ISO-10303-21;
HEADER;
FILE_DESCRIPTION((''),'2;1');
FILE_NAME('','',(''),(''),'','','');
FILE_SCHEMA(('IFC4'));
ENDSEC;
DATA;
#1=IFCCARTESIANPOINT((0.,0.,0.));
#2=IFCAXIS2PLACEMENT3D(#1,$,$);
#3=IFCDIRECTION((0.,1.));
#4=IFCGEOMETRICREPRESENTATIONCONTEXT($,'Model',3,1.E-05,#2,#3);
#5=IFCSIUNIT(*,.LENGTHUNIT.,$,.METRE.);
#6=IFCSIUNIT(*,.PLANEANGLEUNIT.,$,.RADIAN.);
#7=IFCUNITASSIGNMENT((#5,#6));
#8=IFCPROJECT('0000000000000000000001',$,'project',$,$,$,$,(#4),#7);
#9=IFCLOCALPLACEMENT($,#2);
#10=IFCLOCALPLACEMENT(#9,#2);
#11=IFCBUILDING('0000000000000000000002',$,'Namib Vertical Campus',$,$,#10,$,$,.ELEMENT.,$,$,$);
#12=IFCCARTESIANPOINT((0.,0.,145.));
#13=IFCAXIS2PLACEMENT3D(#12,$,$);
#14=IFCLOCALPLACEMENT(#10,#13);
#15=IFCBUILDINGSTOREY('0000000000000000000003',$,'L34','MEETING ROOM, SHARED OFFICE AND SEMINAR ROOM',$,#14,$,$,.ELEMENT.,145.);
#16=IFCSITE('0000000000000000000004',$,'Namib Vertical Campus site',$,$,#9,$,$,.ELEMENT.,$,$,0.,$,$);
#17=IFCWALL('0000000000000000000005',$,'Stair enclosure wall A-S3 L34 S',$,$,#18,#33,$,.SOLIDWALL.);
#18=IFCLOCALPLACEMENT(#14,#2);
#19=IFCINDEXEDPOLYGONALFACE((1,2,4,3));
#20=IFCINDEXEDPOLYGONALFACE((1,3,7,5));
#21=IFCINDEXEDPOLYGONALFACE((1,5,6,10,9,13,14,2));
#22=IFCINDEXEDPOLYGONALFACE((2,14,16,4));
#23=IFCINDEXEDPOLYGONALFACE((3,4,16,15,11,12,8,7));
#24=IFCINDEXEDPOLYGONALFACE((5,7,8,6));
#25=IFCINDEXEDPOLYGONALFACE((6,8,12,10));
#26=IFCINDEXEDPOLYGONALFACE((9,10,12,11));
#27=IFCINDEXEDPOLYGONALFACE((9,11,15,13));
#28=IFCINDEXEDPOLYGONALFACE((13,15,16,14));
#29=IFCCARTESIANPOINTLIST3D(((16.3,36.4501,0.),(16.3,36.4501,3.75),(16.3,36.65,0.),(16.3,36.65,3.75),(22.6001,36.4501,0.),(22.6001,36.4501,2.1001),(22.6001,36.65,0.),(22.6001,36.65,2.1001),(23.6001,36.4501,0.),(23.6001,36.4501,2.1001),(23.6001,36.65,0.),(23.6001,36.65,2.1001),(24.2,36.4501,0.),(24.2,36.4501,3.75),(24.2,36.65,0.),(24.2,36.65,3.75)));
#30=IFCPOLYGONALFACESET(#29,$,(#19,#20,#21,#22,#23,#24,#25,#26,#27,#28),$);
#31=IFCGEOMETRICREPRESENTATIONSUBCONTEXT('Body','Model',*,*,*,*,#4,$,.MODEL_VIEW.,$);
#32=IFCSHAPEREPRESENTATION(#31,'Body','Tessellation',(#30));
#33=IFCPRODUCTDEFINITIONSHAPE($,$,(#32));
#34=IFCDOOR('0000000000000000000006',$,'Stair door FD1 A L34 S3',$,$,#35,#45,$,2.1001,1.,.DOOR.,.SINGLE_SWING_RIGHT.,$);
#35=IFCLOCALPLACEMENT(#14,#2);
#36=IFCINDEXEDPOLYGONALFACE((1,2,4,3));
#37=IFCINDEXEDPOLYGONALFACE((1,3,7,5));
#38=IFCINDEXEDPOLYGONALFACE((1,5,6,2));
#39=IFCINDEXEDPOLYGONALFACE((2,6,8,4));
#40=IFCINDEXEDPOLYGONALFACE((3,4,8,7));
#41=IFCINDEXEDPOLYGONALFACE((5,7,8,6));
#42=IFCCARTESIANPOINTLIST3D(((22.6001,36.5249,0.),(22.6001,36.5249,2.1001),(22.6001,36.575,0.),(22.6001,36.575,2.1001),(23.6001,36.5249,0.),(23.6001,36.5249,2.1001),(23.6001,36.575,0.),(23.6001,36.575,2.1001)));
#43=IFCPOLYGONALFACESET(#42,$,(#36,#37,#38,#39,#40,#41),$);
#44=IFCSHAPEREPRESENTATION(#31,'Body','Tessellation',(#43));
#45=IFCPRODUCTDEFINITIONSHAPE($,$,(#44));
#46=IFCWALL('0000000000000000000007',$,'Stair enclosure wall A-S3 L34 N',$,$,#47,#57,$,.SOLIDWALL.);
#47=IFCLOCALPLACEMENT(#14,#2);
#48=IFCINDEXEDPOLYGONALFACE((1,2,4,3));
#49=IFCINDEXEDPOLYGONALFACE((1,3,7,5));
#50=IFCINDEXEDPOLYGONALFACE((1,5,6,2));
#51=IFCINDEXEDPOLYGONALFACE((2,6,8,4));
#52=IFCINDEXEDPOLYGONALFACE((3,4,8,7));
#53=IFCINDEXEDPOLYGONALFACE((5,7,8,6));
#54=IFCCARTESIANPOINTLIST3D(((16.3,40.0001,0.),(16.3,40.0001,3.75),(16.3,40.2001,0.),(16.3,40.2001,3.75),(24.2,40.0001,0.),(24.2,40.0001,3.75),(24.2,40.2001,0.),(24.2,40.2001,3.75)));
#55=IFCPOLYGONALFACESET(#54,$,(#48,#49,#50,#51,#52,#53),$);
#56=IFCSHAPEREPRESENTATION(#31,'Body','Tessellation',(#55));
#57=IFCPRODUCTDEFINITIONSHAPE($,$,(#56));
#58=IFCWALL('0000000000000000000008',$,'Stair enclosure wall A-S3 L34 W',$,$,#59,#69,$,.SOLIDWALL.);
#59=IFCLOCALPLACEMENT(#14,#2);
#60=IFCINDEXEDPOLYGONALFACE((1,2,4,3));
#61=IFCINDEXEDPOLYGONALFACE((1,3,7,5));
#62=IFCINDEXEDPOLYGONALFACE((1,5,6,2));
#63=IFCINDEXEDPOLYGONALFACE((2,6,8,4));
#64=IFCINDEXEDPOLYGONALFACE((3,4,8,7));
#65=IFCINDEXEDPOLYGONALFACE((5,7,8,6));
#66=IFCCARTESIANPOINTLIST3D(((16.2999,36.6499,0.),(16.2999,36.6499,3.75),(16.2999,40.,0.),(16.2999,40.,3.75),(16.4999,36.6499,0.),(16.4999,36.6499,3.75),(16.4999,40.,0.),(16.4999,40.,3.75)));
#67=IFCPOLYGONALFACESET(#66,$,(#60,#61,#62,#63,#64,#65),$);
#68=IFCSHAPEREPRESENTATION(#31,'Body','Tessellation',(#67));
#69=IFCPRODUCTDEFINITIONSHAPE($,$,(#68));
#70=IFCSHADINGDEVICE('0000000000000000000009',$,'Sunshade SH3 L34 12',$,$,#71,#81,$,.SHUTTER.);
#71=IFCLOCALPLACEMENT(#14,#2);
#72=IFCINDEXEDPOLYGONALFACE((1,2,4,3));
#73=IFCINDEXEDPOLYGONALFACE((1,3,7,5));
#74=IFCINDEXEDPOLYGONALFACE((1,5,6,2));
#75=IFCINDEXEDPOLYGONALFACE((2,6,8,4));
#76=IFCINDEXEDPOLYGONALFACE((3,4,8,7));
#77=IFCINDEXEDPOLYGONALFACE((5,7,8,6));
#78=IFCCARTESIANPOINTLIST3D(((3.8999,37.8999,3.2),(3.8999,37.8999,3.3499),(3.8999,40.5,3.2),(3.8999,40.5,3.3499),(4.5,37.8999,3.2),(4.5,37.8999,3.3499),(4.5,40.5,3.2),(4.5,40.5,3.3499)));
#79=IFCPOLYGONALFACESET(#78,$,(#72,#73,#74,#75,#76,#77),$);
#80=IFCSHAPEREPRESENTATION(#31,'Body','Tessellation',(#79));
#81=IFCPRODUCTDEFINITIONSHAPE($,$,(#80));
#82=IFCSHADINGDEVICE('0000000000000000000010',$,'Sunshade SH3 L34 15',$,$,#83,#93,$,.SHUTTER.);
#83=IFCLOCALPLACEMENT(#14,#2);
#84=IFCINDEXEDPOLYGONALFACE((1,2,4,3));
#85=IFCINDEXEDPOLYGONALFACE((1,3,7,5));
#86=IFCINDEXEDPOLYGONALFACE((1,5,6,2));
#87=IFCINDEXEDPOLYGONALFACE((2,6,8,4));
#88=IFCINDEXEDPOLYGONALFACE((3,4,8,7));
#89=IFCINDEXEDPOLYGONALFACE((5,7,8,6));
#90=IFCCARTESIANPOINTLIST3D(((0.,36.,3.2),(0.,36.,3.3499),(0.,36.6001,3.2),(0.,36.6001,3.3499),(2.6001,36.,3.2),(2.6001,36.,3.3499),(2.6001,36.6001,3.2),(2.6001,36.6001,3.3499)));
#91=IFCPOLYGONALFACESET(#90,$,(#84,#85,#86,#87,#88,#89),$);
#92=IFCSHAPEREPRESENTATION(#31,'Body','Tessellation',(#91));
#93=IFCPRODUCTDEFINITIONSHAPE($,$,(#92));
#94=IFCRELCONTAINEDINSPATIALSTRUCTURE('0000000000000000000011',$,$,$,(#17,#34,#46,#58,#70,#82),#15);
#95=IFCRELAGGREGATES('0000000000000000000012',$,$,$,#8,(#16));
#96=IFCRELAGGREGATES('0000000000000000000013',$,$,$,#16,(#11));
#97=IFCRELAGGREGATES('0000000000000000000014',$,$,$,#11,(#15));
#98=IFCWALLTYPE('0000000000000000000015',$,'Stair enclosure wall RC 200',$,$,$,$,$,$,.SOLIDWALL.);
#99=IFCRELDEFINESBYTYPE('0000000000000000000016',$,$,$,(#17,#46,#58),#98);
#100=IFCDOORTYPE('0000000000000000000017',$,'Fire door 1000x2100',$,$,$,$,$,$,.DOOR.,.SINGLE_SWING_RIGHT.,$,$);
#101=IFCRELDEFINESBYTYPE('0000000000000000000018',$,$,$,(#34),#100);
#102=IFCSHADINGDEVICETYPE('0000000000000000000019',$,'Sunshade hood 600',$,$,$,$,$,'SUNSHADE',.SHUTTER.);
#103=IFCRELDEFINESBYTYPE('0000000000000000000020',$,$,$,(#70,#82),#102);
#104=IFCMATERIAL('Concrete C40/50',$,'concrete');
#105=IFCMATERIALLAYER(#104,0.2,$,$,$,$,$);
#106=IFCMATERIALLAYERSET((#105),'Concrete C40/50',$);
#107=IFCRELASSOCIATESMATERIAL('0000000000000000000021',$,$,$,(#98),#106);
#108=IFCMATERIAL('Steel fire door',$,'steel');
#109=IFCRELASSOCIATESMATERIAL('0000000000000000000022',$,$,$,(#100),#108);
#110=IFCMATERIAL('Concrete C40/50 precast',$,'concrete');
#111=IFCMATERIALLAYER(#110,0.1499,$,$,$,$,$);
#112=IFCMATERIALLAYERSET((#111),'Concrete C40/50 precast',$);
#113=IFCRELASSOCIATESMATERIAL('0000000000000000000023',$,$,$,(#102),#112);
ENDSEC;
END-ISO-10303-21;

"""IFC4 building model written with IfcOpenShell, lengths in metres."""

from ifc_helpers import new_model, si_unit, direction, frame, frame_2d, origin, origin_2d, place, context, subcontext, project, spatial, rectangle, extrude, material, layer, layer_set, type_object, element, fill, save


model = new_model("IFC4")

# Units and contexts
model_context = context("Model", 3, precision=1e-05, world=origin(), true_north=direction((0.0, 1.0)))
body_context = subcontext(model_context, "Body", "Model", "MODEL_VIEW")
ifc_project = project(units=[si_unit("LENGTHUNIT", "METRE"), si_unit("PLANEANGLEUNIT", "RADIAN")], contexts=[model_context])

# Site, building, storey
site_placement = place(None, origin())
site = spatial("IfcSite", under=ifc_project, at=site_placement, Name="Namib Vertical Campus site", CompositionType="ELEMENT", RefElevation=0.0)
building_placement = place(site_placement, origin())
building = spatial("IfcBuilding", under=site, at=building_placement, Name="Namib Vertical Campus", CompositionType="ELEMENT")
storey_placement = place(building_placement, frame((0.0, 0.0, 145.0)))
storey = spatial("IfcBuildingStorey", under=building, at=storey_placement, Name="L34", Description="MEETING ROOM, SHARED OFFICE AND SEMINAR ROOM", CompositionType="ELEMENT", Elevation=145.0)

# Wall, opening, door
ifc_material_1 = material(Name="Concrete C40/50", Category="concrete")
ifc_layer_1 = layer(ifc_material_1, 0.2)
ifc_layer_set_1 = layer_set([ifc_layer_1], Name="Concrete C40/50")
wall_type_1 = type_object("IfcWallType", Name="Stair enclosure wall RC 200", PredefinedType="SOLIDWALL", material=ifc_layer_set_1)
wall_1_placement = place(storey_placement, frame((16.3, 36.55, 0.0), z_axis=(0.0, 0.0, 1.0), x_axis=(1.0, 0.0, 0.0)))
wall_1 = element("IfcWall", 1, at=wall_1_placement, inside=storey, type_object=wall_type_1, Name="Stair enclosure wall A-S3 L34 S", PredefinedType="SOLIDWALL", context=body_context, shape_type="SweptSolid", body=[
    extrude(rectangle(XDim=7.8999, YDim=0.2, at=frame_2d((3.95, 0.0))), origin(), (0.0, 0.0, 1.0), 3.75),
])
opening_1_placement = place(wall_1_placement, frame((6.3, 0.0, 0.0)))
opening_1 = element("IfcOpeningElement", 2, at=opening_1_placement, cuts=wall_1, PredefinedType="OPENING", context=body_context, shape_type="SweptSolid", body=[
    extrude(rectangle(XDim=1.0, YDim=2.1001, at=frame_2d((0.5, 1.05))), frame((0.0, 0.1099, 0.0), z_axis=(0.0, -1.0, 0.0), x_axis=(1.0, 0.0, 0.0)), (0.0, 0.0, 1.0), 0.22),
])
ifc_material_2 = material(Name="Steel fire door", Category="steel")
door_type = type_object("IfcDoorType", Name="Fire door 1000x2100", OperationType="SINGLE_SWING_RIGHT", PredefinedType="DOOR", material=ifc_material_2)
door_placement = place(opening_1_placement, origin())
door = element("IfcDoor", 3, at=door_placement, inside=storey, type_object=door_type, Name="Stair door FD1 A L34 S3", OperationType="SINGLE_SWING_RIGHT", OverallHeight=2.1001, OverallWidth=1.0, PredefinedType="DOOR", context=body_context, shape_type="SweptSolid", body=[
    extrude(rectangle(XDim=1.0, YDim=2.1001, at=frame_2d((0.5, 1.05))), frame((0.0, 0.0249, 0.0), z_axis=(0.0, -1.0, 0.0), x_axis=(1.0, 0.0, 0.0)), (0.0, 0.0, 1.0), 0.05),
])
fill(opening_1, door)

# Walls
wall_2_placement = place(storey_placement, frame((16.3, 40.1001, 0.0), z_axis=(0.0, 0.0, 1.0), x_axis=(1.0, 0.0, 0.0)))
element("IfcWall", 4, at=wall_2_placement, inside=storey, type_object=wall_type_1, Name="Stair enclosure wall A-S3 L34 N", PredefinedType="SOLIDWALL", context=body_context, shape_type="SweptSolid", body=[
    extrude(rectangle(XDim=7.8999, YDim=0.2, at=frame_2d((3.95, 0.0))), origin(), (0.0, 0.0, 1.0), 3.75),
])
wall_3_placement = place(storey_placement, frame((16.3999, 36.6499, 0.0), z_axis=(0.0, 0.0, 1.0), x_axis=(0.0, 1.0, 0.0)))
element("IfcWall", 5, at=wall_3_placement, inside=storey, type_object=wall_type_1, Name="Stair enclosure wall A-S3 L34 W", PredefinedType="SOLIDWALL", context=body_context, shape_type="SweptSolid", body=[
    extrude(rectangle(XDim=3.3501, YDim=0.2, at=frame_2d((1.675, 0.0))), origin(), (0.0, 0.0, 1.0), 3.75),
])

# Shading devices
ifc_material_3 = material(Name="Concrete C40/50 precast", Category="concrete")
ifc_layer_2 = layer(ifc_material_3, 0.1499)
ifc_layer_set_2 = layer_set([ifc_layer_2], Name="Concrete C40/50 precast")
shading_device_type = type_object("IfcShadingDeviceType", Name="Sunshade hood 600", ElementType="SUNSHADE", PredefinedType="SHUTTER", material=ifc_layer_set_2)
for number, where, z_axis, x_axis, name in (
    (6, (4.2, 39.2, 3.2), (0.0, 0.0, 1.0), (0.0, -1.0, 0.0), "Sunshade SH3 L34 12"),
    (7, (1.3, 36.3, 3.2), (0.0, 0.0, 1.0), (-1.0, 0.0, 0.0), "Sunshade SH3 L34 15"),
):
    element("IfcShadingDevice", number, at=place(storey_placement, frame(where, z_axis=z_axis, x_axis=x_axis)), inside=storey, type_object=shading_device_type, Name=name, PredefinedType="SHUTTER", context=body_context, shape_type="SweptSolid", body=[
        extrude(rectangle(XDim=2.6001, YDim=0.6001, at=origin_2d()), origin(), (0.0, 0.0, 1.0), 0.1499),
    ])

save(model, "model.ifc")
